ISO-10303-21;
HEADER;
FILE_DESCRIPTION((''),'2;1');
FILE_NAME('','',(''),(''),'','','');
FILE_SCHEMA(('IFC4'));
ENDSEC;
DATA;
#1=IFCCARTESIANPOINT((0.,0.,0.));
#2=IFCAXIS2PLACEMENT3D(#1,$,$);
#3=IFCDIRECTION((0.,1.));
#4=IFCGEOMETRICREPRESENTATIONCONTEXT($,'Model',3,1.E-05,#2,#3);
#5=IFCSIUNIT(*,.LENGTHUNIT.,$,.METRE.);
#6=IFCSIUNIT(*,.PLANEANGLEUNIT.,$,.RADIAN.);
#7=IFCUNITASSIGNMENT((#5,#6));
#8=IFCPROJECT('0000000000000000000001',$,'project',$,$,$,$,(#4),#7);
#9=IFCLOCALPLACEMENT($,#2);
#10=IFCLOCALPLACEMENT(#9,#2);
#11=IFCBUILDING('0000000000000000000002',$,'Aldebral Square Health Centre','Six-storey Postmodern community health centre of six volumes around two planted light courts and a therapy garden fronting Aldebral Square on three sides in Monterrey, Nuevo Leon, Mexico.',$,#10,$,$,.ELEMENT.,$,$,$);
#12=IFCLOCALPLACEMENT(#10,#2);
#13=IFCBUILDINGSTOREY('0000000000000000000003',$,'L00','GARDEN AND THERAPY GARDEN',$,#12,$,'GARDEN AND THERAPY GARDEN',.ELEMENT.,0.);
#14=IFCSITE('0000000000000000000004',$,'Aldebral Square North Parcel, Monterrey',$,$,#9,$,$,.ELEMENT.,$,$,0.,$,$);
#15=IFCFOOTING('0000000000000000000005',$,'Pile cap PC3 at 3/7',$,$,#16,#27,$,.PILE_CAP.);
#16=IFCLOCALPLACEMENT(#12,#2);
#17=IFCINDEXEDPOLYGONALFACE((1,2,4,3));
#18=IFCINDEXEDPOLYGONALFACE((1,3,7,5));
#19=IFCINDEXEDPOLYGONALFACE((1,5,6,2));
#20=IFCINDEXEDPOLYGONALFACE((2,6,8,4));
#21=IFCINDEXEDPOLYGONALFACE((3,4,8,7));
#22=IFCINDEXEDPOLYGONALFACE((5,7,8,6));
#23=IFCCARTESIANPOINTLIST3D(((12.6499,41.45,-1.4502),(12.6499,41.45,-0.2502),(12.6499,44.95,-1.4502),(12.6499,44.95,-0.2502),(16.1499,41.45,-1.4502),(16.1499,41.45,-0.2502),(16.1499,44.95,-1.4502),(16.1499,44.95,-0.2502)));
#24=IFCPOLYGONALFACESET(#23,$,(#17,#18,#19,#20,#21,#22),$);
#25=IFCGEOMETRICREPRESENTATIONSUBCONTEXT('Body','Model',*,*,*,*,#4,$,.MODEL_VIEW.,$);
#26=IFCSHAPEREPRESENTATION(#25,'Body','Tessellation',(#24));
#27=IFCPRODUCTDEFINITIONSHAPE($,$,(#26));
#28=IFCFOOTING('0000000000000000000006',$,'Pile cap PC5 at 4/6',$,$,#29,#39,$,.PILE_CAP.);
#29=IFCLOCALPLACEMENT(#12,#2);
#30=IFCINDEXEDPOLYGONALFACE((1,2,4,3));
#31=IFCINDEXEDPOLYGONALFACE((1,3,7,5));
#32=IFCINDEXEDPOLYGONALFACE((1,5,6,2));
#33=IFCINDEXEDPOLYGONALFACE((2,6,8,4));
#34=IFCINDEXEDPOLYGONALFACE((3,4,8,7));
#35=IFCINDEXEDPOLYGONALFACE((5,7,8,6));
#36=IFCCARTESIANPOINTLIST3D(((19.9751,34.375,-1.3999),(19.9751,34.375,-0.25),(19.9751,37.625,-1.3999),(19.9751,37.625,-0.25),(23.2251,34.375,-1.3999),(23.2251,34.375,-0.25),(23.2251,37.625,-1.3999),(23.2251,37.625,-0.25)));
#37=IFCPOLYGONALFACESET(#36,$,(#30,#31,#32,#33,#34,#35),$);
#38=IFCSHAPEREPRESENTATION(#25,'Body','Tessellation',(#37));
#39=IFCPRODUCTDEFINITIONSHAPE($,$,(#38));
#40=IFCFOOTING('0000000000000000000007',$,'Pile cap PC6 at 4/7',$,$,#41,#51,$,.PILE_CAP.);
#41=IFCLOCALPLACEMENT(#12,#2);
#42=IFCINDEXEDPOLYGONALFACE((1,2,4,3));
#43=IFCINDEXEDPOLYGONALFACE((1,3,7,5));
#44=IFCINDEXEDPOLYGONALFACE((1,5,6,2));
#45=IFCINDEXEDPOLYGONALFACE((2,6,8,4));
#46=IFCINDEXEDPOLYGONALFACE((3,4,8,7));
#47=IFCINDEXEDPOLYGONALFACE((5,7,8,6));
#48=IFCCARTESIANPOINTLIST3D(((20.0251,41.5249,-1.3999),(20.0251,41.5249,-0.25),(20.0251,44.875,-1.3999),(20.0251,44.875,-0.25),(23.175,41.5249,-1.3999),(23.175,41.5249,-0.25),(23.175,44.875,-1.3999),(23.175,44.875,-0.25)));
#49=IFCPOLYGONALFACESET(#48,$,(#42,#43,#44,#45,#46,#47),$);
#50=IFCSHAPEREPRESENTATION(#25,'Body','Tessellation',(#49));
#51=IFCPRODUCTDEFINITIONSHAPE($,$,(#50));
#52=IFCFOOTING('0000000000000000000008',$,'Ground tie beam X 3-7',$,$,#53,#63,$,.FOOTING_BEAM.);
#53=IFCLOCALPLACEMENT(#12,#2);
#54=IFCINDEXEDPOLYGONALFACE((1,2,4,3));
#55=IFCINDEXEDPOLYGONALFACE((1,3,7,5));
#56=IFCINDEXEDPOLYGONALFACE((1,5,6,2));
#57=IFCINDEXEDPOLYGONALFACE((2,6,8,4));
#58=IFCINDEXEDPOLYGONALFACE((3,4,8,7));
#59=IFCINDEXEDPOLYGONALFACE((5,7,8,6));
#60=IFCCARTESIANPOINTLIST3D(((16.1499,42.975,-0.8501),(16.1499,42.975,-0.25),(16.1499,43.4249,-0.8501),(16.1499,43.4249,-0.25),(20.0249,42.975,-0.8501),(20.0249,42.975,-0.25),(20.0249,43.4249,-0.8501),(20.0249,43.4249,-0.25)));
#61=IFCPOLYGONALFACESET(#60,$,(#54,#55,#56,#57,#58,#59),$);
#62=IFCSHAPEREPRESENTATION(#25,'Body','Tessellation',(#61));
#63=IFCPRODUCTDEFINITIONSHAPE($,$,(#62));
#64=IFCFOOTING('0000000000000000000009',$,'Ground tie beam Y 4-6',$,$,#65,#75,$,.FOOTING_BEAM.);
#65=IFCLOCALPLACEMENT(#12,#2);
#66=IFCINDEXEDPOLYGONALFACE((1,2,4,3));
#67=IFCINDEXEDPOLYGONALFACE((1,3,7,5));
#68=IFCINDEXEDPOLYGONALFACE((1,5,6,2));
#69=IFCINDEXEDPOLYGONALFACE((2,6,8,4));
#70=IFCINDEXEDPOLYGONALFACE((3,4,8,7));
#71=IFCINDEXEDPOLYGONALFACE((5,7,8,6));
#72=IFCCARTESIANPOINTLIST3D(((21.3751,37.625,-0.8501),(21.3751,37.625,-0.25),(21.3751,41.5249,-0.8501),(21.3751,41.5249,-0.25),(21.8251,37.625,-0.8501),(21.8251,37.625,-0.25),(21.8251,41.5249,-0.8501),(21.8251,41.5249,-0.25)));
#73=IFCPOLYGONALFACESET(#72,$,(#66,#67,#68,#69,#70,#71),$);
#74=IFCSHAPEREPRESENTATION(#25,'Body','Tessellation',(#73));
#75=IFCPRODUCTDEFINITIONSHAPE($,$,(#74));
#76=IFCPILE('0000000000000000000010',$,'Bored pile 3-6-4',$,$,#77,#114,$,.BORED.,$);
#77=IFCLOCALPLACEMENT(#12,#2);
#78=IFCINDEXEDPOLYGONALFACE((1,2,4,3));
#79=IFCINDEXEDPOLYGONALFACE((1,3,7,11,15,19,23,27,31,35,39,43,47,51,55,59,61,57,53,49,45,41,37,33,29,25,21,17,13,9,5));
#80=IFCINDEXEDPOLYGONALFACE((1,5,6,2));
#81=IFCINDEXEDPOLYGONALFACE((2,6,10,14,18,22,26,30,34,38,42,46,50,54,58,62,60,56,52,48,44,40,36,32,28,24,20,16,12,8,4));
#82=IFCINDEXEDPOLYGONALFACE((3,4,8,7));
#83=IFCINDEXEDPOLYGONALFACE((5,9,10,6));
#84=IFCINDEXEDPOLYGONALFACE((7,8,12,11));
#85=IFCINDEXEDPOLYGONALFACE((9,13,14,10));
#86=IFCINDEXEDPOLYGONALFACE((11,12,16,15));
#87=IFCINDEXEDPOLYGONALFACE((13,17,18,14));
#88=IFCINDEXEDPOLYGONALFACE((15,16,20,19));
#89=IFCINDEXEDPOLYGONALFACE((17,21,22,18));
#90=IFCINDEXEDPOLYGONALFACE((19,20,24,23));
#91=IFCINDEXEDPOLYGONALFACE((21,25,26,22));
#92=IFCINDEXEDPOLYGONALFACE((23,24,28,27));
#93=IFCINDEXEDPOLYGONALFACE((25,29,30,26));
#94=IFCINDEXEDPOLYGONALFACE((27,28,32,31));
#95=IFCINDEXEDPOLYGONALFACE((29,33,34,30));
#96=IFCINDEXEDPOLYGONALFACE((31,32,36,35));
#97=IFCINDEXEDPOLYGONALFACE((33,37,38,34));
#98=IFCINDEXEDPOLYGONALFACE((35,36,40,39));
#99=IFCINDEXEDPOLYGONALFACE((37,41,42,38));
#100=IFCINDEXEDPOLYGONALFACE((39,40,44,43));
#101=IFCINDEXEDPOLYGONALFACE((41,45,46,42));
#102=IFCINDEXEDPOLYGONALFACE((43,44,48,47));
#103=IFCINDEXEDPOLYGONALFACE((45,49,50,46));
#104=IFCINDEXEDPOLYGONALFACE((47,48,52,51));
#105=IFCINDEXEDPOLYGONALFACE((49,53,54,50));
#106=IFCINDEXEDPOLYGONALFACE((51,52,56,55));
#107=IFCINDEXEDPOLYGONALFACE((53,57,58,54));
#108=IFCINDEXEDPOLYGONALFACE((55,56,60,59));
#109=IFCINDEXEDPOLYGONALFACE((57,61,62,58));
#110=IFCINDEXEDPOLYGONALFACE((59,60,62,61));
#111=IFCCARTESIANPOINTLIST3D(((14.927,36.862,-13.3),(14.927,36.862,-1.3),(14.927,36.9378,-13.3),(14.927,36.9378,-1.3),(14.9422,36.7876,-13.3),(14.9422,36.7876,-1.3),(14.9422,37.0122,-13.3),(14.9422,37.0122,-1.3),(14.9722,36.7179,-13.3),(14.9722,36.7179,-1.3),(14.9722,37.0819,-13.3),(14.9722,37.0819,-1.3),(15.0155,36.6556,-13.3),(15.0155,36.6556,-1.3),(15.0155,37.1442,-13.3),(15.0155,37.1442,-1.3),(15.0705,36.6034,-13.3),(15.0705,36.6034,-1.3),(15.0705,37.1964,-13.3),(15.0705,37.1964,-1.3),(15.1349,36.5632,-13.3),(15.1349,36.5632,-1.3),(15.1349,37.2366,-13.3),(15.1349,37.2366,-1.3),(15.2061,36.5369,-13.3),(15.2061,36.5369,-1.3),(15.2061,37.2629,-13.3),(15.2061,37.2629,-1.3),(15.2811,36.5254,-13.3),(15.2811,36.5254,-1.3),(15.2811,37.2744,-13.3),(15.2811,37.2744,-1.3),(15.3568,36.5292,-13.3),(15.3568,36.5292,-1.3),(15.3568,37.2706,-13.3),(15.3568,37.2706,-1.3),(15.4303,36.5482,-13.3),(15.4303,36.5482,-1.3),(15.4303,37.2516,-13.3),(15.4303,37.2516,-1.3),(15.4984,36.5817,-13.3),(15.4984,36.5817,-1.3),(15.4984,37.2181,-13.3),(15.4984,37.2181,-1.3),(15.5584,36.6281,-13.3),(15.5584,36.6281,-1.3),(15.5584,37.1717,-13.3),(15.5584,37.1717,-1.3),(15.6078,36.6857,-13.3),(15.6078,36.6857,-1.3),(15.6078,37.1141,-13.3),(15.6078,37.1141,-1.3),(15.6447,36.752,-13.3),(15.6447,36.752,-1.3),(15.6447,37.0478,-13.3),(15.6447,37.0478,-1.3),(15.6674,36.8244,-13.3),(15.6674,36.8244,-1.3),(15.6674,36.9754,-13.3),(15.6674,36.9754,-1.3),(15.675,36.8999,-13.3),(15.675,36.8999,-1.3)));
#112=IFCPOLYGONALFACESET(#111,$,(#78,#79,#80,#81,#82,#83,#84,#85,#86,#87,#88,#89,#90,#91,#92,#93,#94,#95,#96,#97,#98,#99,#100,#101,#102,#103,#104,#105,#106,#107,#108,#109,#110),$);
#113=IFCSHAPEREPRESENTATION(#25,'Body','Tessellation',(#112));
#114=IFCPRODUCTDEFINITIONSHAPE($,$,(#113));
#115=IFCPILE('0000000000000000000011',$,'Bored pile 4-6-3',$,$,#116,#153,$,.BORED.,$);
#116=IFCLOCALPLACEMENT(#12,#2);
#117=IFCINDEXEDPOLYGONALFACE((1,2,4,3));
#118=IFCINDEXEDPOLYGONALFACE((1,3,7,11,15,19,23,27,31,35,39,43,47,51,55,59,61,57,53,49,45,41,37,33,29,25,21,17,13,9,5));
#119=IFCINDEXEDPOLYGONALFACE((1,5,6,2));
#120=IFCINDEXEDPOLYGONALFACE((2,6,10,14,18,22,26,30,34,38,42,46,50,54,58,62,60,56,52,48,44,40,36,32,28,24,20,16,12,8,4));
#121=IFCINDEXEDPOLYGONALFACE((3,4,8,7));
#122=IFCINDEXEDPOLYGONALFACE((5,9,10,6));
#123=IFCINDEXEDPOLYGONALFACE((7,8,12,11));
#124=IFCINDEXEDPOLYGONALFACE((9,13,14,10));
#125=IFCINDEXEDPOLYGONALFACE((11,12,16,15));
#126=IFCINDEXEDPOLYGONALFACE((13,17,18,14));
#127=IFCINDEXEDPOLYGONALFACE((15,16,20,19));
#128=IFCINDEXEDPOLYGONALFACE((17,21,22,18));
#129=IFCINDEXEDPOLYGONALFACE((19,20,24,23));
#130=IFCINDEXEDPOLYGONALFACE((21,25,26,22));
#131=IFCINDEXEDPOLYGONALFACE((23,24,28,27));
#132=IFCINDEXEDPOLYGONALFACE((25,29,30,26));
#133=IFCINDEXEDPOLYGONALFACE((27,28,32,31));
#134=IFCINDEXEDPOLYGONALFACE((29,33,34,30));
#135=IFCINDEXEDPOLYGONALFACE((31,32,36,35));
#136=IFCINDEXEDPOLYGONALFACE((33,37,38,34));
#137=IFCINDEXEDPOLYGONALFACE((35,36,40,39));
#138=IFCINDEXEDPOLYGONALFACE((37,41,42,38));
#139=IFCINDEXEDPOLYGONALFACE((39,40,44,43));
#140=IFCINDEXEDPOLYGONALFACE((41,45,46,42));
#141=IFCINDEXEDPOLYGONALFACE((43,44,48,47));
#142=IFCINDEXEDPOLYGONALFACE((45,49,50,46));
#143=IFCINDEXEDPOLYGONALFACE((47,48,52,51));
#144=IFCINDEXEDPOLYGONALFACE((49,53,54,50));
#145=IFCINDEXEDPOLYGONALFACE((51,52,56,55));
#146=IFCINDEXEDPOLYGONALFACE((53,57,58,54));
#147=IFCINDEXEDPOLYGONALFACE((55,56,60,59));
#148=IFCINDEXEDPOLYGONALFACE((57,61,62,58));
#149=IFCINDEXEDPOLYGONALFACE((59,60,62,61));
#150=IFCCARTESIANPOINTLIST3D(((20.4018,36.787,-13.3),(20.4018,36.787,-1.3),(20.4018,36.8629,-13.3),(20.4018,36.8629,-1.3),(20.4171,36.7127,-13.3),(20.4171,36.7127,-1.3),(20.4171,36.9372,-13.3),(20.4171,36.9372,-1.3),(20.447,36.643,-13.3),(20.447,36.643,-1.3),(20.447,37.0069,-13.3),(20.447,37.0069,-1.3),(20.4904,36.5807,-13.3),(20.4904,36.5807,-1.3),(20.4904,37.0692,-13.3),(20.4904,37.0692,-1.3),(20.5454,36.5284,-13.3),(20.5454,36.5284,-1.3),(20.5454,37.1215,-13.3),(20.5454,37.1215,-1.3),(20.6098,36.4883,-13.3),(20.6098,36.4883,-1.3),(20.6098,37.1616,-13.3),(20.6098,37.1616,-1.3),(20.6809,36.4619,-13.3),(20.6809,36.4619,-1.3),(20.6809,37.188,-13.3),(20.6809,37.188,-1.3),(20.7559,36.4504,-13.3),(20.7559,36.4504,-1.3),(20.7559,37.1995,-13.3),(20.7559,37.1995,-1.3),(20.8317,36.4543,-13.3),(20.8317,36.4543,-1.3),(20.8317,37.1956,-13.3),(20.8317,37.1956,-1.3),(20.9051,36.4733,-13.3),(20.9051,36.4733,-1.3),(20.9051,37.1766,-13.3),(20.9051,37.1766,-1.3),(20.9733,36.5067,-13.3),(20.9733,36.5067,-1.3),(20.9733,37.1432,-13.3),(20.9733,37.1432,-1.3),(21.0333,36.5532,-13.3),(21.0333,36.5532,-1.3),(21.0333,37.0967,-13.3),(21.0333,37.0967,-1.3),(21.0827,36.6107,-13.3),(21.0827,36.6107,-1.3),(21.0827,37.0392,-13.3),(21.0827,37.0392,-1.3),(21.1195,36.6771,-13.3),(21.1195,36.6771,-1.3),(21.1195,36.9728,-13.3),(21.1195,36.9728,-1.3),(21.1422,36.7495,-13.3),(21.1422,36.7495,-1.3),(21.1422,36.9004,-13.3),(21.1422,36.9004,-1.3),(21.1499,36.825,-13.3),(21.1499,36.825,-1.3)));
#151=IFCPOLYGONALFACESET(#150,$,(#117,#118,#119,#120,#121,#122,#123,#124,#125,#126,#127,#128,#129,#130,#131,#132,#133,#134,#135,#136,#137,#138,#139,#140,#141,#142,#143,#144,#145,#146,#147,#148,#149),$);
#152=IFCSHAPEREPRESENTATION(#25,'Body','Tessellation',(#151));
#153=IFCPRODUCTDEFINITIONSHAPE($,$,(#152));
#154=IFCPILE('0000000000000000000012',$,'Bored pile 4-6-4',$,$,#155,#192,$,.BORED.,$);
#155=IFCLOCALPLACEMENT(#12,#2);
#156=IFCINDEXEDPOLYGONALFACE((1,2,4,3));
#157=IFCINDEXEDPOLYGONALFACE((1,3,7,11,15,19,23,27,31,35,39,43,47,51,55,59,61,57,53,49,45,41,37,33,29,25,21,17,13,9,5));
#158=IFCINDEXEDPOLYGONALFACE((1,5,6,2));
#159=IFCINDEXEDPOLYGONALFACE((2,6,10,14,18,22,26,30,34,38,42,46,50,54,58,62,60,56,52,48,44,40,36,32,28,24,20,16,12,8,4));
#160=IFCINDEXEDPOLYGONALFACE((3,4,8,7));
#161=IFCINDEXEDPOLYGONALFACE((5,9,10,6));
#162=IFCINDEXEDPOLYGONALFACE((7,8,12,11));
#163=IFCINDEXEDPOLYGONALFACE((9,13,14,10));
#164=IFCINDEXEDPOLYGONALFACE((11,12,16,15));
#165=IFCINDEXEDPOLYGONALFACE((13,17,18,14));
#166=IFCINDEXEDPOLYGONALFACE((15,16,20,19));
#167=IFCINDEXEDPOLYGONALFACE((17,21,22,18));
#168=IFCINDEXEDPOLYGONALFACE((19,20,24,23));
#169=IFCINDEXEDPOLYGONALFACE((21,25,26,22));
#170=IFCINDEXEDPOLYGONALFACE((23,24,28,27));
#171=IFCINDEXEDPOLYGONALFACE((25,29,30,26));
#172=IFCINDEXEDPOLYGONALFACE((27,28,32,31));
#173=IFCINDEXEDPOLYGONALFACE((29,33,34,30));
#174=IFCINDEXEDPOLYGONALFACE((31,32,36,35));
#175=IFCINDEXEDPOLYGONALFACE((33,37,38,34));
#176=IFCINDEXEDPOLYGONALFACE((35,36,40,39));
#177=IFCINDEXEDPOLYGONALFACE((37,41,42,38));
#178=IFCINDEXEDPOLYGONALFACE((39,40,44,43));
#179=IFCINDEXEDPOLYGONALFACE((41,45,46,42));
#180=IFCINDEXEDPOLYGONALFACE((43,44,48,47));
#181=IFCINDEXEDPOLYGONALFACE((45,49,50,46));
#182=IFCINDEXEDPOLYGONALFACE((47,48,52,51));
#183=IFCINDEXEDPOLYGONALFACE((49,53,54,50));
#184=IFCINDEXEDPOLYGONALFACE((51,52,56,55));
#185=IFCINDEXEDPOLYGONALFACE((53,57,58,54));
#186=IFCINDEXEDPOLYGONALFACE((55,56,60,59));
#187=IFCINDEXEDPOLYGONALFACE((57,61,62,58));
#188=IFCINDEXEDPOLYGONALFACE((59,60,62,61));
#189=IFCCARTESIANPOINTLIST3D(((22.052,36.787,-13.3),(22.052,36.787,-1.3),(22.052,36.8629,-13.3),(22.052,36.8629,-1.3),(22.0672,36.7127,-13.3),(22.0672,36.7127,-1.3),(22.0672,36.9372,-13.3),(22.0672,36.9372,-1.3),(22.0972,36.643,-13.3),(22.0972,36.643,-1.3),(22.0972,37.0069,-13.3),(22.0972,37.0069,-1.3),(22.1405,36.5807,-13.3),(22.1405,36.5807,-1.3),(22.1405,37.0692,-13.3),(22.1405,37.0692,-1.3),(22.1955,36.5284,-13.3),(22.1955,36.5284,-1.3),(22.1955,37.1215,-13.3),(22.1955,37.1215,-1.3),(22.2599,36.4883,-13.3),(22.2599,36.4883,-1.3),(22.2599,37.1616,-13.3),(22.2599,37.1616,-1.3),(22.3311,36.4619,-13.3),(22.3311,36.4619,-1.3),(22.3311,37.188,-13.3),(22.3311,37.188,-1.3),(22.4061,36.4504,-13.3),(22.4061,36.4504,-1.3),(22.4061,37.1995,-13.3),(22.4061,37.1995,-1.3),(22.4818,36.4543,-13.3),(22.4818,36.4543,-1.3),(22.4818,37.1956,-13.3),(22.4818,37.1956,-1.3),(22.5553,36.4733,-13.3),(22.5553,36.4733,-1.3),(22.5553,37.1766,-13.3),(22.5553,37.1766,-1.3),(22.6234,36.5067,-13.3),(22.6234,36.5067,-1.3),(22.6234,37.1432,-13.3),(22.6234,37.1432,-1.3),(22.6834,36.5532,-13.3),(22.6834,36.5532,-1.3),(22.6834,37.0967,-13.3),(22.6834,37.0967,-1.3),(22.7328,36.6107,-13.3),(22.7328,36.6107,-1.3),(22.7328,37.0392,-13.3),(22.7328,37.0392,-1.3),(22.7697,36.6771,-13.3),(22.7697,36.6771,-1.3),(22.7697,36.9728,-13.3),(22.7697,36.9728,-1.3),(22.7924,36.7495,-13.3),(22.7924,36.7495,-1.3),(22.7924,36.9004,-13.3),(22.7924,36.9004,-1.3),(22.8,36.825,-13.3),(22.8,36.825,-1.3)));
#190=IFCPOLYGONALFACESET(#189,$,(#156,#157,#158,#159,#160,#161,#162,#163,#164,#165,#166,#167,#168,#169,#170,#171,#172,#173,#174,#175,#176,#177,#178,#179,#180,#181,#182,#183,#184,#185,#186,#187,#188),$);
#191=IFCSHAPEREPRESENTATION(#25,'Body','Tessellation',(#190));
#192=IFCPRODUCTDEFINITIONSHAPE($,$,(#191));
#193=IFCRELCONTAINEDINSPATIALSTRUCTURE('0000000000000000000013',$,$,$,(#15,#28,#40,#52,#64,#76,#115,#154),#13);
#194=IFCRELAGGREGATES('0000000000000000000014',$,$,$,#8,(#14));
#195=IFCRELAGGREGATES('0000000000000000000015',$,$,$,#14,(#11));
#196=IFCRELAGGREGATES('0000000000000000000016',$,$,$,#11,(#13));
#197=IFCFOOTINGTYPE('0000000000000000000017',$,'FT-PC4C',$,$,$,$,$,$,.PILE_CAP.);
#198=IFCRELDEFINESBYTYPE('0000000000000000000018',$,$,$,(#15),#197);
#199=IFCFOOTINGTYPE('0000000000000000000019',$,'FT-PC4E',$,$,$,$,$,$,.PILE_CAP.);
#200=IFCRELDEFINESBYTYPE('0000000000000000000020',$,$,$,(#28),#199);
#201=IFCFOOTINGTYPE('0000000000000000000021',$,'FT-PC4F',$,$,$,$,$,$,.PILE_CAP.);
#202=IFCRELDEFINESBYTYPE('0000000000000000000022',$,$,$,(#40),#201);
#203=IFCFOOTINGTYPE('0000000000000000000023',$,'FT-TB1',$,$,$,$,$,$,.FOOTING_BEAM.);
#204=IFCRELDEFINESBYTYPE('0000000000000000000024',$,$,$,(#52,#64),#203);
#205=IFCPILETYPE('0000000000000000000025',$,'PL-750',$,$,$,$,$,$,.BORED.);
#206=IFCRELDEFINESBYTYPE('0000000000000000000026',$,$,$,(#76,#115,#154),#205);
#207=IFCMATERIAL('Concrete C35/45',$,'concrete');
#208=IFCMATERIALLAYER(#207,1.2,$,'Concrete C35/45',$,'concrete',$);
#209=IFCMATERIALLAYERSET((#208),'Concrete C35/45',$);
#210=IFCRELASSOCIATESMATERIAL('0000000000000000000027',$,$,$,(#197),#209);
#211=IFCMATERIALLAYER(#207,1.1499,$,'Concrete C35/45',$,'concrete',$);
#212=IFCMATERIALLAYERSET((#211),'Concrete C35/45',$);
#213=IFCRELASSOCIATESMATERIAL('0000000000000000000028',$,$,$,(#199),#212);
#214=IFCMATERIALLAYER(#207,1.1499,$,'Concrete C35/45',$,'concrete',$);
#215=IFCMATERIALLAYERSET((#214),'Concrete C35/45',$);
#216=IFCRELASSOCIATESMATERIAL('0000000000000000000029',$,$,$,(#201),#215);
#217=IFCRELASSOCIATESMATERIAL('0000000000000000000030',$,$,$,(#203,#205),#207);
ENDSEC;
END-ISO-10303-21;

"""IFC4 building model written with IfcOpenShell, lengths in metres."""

from ifc_helpers import new_model, si_unit, direction, frame, origin, origin_2d, place, context, subcontext, project, spatial, rectangle, circle, extrude, material, layer, layer_set, material_profile, profile_set, type_object, element, save


model = new_model("IFC4")

# Units and contexts
model_context = context("Model", 3, precision=1e-05, world=origin(), true_north=direction((0.0, 1.0)))
body_context = subcontext(model_context, "Body", "Model", "MODEL_VIEW")
ifc_project = project(units=[si_unit("LENGTHUNIT", "METRE"), si_unit("PLANEANGLEUNIT", "RADIAN")], contexts=[model_context])

# Site, building, storey
site_placement = place(None, origin())
site = spatial("IfcSite", under=ifc_project, at=site_placement, Name="Aldebral Square North Parcel, Monterrey", CompositionType="ELEMENT", RefElevation=0.0)
building_placement = place(site_placement, origin())
building = spatial("IfcBuilding", under=site, at=building_placement, Name="Aldebral Square Health Centre", Description="Six-storey Postmodern community health centre of six volumes around two planted light courts and a therapy garden fronting Aldebral Square on three sides in Monterrey, Nuevo Leon, Mexico.", CompositionType="ELEMENT")
storey_placement = place(building_placement, origin())
storey = spatial("IfcBuildingStorey", under=building, at=storey_placement, Name="L00", Description="GARDEN AND THERAPY GARDEN", LongName="GARDEN AND THERAPY GARDEN", CompositionType="ELEMENT", Elevation=0.0)

# Footings
ifc_material_1 = material(Name="Concrete C35/45", Category="concrete")
ifc_layer_1 = layer(ifc_material_1, 1.2, Name="Concrete C35/45", Category="concrete")
ifc_layer_set_1 = layer_set([ifc_layer_1], Name="Concrete C35/45")
footing_type_1 = type_object("IfcFootingType", Name="FT-PC4C", PredefinedType="PILE_CAP", material=ifc_layer_set_1)
footing_1_placement = place(storey_placement, frame((14.3999, 43.2, -1.4502), z_axis=(0.0, 0.0, 1.0), x_axis=(1.0, 0.0, 0.0)))
element("IfcFooting", 1, at=footing_1_placement, inside=storey, type_object=footing_type_1, Name="Pile cap PC3 at 3/7", PredefinedType="PILE_CAP", context=body_context, shape_type="SweptSolid", body=[
    extrude(rectangle(XDim=3.5, YDim=3.5, at=origin_2d()), origin(), (0.0, 0.0, 1.0), 1.2),
])
ifc_layer_2 = layer(ifc_material_1, 1.1499, Name="Concrete C35/45", Category="concrete")
ifc_layer_set_2 = layer_set([ifc_layer_2], Name="Concrete C35/45")
footing_type_2 = type_object("IfcFootingType", Name="FT-PC4E", PredefinedType="PILE_CAP", material=ifc_layer_set_2)
footing_2_placement = place(storey_placement, frame((21.6001, 36.0, -1.3999), z_axis=(0.0, 0.0, 1.0), x_axis=(1.0, 0.0, 0.0)))
element("IfcFooting", 2, at=footing_2_placement, inside=storey, type_object=footing_type_2, Name="Pile cap PC5 at 4/6", PredefinedType="PILE_CAP", context=body_context, shape_type="SweptSolid", body=[
    extrude(rectangle(XDim=3.25, YDim=3.25, at=origin_2d()), origin(), (0.0, 0.0, 1.0), 1.1499),
])
ifc_layer_3 = layer(ifc_material_1, 1.1499, Name="Concrete C35/45", Category="concrete")
ifc_layer_set_3 = layer_set([ifc_layer_3], Name="Concrete C35/45")
footing_type_3 = type_object("IfcFootingType", Name="FT-PC4F", PredefinedType="PILE_CAP", material=ifc_layer_set_3)
footing_3_placement = place(storey_placement, frame((21.6001, 43.2, -1.3999), z_axis=(0.0, 0.0, 1.0), x_axis=(1.0, 0.0, 0.0)))
element("IfcFooting", 3, at=footing_3_placement, inside=storey, type_object=footing_type_3, Name="Pile cap PC6 at 4/7", PredefinedType="PILE_CAP", context=body_context, shape_type="SweptSolid", body=[
    extrude(rectangle(XDim=3.1499, YDim=3.3501, at=origin_2d()), origin(), (0.0, 0.0, 1.0), 1.1499),
])
ifc_material_profile_1 = material_profile(ifc_material_1, rectangle(XDim=0.45, YDim=0.6001, at=origin_2d()), Name="RC 450x600")
ifc_profile_set_1 = profile_set([ifc_material_profile_1], Name="Concrete C35/45")
footing_type_4 = type_object("IfcFootingType", Name="FT-TB1", PredefinedType="FOOTING_BEAM", material=ifc_profile_set_1)
footing_4_placement = place(storey_placement, frame((16.1499, 43.2, -0.55), z_axis=(1.0, 0.0, 0.0), x_axis=(0.0, 1.0, 0.0)))
element("IfcFooting", 4, at=footing_4_placement, inside=storey, type_object=footing_type_4, Name="Ground tie beam X 3-7", PredefinedType="FOOTING_BEAM", context=body_context, shape_type="SweptSolid", body=[
    extrude(rectangle(XDim=0.45, YDim=0.6001, at=origin_2d()), origin(), (0.0, 0.0, 1.0), 3.875),
])
footing_5_placement = place(storey_placement, frame((21.6001, 37.625, -0.55), z_axis=(0.0, 1.0, 0.0), x_axis=(-1.0, 0.0, 0.0)))
element("IfcFooting", 5, at=footing_5_placement, inside=storey, type_object=footing_type_4, Name="Ground tie beam Y 4-6", PredefinedType="FOOTING_BEAM", context=body_context, shape_type="SweptSolid", body=[
    extrude(rectangle(XDim=0.45, YDim=0.6001, at=origin_2d()), origin(), (0.0, 0.0, 1.0), 3.8999),
])

# Piles
ifc_material_profile_2 = material_profile(ifc_material_1, circle(Radius=0.375, at=origin_2d()), Name="PILE D750")
ifc_profile_set_2 = profile_set([ifc_material_profile_2], Name="Concrete C35/45")
pile_type_1 = type_object("IfcPileType", Name="PL-750", PredefinedType="BORED", material=ifc_profile_set_2)
for number, where, z_axis, x_axis, name in (
    (6, (15.3, 36.8999, -1.3), (0.0, 0.0, -1.0), (1.0, 0.0, 0.0), "Bored pile 3-6-4"),
    (7, (20.7749, 36.825, -1.3), (0.0, 0.0, -1.0), (1.0, 0.0, 0.0), "Bored pile 4-6-3"),
    (8, (22.425, 36.825, -1.3), (0.0, 0.0, -1.0), (1.0, 0.0, 0.0), "Bored pile 4-6-4"),
):
    element("IfcPile", number, at=place(storey_placement, frame(where, z_axis=z_axis, x_axis=x_axis)), inside=storey, type_object=pile_type_1, Name=name, PredefinedType="BORED", context=body_context, shape_type="SweptSolid", body=[
        extrude(circle(Radius=0.375, at=origin_2d()), origin(), (0.0, 0.0, 1.0), 12.0),
    ])

save(model, "model.ifc")
